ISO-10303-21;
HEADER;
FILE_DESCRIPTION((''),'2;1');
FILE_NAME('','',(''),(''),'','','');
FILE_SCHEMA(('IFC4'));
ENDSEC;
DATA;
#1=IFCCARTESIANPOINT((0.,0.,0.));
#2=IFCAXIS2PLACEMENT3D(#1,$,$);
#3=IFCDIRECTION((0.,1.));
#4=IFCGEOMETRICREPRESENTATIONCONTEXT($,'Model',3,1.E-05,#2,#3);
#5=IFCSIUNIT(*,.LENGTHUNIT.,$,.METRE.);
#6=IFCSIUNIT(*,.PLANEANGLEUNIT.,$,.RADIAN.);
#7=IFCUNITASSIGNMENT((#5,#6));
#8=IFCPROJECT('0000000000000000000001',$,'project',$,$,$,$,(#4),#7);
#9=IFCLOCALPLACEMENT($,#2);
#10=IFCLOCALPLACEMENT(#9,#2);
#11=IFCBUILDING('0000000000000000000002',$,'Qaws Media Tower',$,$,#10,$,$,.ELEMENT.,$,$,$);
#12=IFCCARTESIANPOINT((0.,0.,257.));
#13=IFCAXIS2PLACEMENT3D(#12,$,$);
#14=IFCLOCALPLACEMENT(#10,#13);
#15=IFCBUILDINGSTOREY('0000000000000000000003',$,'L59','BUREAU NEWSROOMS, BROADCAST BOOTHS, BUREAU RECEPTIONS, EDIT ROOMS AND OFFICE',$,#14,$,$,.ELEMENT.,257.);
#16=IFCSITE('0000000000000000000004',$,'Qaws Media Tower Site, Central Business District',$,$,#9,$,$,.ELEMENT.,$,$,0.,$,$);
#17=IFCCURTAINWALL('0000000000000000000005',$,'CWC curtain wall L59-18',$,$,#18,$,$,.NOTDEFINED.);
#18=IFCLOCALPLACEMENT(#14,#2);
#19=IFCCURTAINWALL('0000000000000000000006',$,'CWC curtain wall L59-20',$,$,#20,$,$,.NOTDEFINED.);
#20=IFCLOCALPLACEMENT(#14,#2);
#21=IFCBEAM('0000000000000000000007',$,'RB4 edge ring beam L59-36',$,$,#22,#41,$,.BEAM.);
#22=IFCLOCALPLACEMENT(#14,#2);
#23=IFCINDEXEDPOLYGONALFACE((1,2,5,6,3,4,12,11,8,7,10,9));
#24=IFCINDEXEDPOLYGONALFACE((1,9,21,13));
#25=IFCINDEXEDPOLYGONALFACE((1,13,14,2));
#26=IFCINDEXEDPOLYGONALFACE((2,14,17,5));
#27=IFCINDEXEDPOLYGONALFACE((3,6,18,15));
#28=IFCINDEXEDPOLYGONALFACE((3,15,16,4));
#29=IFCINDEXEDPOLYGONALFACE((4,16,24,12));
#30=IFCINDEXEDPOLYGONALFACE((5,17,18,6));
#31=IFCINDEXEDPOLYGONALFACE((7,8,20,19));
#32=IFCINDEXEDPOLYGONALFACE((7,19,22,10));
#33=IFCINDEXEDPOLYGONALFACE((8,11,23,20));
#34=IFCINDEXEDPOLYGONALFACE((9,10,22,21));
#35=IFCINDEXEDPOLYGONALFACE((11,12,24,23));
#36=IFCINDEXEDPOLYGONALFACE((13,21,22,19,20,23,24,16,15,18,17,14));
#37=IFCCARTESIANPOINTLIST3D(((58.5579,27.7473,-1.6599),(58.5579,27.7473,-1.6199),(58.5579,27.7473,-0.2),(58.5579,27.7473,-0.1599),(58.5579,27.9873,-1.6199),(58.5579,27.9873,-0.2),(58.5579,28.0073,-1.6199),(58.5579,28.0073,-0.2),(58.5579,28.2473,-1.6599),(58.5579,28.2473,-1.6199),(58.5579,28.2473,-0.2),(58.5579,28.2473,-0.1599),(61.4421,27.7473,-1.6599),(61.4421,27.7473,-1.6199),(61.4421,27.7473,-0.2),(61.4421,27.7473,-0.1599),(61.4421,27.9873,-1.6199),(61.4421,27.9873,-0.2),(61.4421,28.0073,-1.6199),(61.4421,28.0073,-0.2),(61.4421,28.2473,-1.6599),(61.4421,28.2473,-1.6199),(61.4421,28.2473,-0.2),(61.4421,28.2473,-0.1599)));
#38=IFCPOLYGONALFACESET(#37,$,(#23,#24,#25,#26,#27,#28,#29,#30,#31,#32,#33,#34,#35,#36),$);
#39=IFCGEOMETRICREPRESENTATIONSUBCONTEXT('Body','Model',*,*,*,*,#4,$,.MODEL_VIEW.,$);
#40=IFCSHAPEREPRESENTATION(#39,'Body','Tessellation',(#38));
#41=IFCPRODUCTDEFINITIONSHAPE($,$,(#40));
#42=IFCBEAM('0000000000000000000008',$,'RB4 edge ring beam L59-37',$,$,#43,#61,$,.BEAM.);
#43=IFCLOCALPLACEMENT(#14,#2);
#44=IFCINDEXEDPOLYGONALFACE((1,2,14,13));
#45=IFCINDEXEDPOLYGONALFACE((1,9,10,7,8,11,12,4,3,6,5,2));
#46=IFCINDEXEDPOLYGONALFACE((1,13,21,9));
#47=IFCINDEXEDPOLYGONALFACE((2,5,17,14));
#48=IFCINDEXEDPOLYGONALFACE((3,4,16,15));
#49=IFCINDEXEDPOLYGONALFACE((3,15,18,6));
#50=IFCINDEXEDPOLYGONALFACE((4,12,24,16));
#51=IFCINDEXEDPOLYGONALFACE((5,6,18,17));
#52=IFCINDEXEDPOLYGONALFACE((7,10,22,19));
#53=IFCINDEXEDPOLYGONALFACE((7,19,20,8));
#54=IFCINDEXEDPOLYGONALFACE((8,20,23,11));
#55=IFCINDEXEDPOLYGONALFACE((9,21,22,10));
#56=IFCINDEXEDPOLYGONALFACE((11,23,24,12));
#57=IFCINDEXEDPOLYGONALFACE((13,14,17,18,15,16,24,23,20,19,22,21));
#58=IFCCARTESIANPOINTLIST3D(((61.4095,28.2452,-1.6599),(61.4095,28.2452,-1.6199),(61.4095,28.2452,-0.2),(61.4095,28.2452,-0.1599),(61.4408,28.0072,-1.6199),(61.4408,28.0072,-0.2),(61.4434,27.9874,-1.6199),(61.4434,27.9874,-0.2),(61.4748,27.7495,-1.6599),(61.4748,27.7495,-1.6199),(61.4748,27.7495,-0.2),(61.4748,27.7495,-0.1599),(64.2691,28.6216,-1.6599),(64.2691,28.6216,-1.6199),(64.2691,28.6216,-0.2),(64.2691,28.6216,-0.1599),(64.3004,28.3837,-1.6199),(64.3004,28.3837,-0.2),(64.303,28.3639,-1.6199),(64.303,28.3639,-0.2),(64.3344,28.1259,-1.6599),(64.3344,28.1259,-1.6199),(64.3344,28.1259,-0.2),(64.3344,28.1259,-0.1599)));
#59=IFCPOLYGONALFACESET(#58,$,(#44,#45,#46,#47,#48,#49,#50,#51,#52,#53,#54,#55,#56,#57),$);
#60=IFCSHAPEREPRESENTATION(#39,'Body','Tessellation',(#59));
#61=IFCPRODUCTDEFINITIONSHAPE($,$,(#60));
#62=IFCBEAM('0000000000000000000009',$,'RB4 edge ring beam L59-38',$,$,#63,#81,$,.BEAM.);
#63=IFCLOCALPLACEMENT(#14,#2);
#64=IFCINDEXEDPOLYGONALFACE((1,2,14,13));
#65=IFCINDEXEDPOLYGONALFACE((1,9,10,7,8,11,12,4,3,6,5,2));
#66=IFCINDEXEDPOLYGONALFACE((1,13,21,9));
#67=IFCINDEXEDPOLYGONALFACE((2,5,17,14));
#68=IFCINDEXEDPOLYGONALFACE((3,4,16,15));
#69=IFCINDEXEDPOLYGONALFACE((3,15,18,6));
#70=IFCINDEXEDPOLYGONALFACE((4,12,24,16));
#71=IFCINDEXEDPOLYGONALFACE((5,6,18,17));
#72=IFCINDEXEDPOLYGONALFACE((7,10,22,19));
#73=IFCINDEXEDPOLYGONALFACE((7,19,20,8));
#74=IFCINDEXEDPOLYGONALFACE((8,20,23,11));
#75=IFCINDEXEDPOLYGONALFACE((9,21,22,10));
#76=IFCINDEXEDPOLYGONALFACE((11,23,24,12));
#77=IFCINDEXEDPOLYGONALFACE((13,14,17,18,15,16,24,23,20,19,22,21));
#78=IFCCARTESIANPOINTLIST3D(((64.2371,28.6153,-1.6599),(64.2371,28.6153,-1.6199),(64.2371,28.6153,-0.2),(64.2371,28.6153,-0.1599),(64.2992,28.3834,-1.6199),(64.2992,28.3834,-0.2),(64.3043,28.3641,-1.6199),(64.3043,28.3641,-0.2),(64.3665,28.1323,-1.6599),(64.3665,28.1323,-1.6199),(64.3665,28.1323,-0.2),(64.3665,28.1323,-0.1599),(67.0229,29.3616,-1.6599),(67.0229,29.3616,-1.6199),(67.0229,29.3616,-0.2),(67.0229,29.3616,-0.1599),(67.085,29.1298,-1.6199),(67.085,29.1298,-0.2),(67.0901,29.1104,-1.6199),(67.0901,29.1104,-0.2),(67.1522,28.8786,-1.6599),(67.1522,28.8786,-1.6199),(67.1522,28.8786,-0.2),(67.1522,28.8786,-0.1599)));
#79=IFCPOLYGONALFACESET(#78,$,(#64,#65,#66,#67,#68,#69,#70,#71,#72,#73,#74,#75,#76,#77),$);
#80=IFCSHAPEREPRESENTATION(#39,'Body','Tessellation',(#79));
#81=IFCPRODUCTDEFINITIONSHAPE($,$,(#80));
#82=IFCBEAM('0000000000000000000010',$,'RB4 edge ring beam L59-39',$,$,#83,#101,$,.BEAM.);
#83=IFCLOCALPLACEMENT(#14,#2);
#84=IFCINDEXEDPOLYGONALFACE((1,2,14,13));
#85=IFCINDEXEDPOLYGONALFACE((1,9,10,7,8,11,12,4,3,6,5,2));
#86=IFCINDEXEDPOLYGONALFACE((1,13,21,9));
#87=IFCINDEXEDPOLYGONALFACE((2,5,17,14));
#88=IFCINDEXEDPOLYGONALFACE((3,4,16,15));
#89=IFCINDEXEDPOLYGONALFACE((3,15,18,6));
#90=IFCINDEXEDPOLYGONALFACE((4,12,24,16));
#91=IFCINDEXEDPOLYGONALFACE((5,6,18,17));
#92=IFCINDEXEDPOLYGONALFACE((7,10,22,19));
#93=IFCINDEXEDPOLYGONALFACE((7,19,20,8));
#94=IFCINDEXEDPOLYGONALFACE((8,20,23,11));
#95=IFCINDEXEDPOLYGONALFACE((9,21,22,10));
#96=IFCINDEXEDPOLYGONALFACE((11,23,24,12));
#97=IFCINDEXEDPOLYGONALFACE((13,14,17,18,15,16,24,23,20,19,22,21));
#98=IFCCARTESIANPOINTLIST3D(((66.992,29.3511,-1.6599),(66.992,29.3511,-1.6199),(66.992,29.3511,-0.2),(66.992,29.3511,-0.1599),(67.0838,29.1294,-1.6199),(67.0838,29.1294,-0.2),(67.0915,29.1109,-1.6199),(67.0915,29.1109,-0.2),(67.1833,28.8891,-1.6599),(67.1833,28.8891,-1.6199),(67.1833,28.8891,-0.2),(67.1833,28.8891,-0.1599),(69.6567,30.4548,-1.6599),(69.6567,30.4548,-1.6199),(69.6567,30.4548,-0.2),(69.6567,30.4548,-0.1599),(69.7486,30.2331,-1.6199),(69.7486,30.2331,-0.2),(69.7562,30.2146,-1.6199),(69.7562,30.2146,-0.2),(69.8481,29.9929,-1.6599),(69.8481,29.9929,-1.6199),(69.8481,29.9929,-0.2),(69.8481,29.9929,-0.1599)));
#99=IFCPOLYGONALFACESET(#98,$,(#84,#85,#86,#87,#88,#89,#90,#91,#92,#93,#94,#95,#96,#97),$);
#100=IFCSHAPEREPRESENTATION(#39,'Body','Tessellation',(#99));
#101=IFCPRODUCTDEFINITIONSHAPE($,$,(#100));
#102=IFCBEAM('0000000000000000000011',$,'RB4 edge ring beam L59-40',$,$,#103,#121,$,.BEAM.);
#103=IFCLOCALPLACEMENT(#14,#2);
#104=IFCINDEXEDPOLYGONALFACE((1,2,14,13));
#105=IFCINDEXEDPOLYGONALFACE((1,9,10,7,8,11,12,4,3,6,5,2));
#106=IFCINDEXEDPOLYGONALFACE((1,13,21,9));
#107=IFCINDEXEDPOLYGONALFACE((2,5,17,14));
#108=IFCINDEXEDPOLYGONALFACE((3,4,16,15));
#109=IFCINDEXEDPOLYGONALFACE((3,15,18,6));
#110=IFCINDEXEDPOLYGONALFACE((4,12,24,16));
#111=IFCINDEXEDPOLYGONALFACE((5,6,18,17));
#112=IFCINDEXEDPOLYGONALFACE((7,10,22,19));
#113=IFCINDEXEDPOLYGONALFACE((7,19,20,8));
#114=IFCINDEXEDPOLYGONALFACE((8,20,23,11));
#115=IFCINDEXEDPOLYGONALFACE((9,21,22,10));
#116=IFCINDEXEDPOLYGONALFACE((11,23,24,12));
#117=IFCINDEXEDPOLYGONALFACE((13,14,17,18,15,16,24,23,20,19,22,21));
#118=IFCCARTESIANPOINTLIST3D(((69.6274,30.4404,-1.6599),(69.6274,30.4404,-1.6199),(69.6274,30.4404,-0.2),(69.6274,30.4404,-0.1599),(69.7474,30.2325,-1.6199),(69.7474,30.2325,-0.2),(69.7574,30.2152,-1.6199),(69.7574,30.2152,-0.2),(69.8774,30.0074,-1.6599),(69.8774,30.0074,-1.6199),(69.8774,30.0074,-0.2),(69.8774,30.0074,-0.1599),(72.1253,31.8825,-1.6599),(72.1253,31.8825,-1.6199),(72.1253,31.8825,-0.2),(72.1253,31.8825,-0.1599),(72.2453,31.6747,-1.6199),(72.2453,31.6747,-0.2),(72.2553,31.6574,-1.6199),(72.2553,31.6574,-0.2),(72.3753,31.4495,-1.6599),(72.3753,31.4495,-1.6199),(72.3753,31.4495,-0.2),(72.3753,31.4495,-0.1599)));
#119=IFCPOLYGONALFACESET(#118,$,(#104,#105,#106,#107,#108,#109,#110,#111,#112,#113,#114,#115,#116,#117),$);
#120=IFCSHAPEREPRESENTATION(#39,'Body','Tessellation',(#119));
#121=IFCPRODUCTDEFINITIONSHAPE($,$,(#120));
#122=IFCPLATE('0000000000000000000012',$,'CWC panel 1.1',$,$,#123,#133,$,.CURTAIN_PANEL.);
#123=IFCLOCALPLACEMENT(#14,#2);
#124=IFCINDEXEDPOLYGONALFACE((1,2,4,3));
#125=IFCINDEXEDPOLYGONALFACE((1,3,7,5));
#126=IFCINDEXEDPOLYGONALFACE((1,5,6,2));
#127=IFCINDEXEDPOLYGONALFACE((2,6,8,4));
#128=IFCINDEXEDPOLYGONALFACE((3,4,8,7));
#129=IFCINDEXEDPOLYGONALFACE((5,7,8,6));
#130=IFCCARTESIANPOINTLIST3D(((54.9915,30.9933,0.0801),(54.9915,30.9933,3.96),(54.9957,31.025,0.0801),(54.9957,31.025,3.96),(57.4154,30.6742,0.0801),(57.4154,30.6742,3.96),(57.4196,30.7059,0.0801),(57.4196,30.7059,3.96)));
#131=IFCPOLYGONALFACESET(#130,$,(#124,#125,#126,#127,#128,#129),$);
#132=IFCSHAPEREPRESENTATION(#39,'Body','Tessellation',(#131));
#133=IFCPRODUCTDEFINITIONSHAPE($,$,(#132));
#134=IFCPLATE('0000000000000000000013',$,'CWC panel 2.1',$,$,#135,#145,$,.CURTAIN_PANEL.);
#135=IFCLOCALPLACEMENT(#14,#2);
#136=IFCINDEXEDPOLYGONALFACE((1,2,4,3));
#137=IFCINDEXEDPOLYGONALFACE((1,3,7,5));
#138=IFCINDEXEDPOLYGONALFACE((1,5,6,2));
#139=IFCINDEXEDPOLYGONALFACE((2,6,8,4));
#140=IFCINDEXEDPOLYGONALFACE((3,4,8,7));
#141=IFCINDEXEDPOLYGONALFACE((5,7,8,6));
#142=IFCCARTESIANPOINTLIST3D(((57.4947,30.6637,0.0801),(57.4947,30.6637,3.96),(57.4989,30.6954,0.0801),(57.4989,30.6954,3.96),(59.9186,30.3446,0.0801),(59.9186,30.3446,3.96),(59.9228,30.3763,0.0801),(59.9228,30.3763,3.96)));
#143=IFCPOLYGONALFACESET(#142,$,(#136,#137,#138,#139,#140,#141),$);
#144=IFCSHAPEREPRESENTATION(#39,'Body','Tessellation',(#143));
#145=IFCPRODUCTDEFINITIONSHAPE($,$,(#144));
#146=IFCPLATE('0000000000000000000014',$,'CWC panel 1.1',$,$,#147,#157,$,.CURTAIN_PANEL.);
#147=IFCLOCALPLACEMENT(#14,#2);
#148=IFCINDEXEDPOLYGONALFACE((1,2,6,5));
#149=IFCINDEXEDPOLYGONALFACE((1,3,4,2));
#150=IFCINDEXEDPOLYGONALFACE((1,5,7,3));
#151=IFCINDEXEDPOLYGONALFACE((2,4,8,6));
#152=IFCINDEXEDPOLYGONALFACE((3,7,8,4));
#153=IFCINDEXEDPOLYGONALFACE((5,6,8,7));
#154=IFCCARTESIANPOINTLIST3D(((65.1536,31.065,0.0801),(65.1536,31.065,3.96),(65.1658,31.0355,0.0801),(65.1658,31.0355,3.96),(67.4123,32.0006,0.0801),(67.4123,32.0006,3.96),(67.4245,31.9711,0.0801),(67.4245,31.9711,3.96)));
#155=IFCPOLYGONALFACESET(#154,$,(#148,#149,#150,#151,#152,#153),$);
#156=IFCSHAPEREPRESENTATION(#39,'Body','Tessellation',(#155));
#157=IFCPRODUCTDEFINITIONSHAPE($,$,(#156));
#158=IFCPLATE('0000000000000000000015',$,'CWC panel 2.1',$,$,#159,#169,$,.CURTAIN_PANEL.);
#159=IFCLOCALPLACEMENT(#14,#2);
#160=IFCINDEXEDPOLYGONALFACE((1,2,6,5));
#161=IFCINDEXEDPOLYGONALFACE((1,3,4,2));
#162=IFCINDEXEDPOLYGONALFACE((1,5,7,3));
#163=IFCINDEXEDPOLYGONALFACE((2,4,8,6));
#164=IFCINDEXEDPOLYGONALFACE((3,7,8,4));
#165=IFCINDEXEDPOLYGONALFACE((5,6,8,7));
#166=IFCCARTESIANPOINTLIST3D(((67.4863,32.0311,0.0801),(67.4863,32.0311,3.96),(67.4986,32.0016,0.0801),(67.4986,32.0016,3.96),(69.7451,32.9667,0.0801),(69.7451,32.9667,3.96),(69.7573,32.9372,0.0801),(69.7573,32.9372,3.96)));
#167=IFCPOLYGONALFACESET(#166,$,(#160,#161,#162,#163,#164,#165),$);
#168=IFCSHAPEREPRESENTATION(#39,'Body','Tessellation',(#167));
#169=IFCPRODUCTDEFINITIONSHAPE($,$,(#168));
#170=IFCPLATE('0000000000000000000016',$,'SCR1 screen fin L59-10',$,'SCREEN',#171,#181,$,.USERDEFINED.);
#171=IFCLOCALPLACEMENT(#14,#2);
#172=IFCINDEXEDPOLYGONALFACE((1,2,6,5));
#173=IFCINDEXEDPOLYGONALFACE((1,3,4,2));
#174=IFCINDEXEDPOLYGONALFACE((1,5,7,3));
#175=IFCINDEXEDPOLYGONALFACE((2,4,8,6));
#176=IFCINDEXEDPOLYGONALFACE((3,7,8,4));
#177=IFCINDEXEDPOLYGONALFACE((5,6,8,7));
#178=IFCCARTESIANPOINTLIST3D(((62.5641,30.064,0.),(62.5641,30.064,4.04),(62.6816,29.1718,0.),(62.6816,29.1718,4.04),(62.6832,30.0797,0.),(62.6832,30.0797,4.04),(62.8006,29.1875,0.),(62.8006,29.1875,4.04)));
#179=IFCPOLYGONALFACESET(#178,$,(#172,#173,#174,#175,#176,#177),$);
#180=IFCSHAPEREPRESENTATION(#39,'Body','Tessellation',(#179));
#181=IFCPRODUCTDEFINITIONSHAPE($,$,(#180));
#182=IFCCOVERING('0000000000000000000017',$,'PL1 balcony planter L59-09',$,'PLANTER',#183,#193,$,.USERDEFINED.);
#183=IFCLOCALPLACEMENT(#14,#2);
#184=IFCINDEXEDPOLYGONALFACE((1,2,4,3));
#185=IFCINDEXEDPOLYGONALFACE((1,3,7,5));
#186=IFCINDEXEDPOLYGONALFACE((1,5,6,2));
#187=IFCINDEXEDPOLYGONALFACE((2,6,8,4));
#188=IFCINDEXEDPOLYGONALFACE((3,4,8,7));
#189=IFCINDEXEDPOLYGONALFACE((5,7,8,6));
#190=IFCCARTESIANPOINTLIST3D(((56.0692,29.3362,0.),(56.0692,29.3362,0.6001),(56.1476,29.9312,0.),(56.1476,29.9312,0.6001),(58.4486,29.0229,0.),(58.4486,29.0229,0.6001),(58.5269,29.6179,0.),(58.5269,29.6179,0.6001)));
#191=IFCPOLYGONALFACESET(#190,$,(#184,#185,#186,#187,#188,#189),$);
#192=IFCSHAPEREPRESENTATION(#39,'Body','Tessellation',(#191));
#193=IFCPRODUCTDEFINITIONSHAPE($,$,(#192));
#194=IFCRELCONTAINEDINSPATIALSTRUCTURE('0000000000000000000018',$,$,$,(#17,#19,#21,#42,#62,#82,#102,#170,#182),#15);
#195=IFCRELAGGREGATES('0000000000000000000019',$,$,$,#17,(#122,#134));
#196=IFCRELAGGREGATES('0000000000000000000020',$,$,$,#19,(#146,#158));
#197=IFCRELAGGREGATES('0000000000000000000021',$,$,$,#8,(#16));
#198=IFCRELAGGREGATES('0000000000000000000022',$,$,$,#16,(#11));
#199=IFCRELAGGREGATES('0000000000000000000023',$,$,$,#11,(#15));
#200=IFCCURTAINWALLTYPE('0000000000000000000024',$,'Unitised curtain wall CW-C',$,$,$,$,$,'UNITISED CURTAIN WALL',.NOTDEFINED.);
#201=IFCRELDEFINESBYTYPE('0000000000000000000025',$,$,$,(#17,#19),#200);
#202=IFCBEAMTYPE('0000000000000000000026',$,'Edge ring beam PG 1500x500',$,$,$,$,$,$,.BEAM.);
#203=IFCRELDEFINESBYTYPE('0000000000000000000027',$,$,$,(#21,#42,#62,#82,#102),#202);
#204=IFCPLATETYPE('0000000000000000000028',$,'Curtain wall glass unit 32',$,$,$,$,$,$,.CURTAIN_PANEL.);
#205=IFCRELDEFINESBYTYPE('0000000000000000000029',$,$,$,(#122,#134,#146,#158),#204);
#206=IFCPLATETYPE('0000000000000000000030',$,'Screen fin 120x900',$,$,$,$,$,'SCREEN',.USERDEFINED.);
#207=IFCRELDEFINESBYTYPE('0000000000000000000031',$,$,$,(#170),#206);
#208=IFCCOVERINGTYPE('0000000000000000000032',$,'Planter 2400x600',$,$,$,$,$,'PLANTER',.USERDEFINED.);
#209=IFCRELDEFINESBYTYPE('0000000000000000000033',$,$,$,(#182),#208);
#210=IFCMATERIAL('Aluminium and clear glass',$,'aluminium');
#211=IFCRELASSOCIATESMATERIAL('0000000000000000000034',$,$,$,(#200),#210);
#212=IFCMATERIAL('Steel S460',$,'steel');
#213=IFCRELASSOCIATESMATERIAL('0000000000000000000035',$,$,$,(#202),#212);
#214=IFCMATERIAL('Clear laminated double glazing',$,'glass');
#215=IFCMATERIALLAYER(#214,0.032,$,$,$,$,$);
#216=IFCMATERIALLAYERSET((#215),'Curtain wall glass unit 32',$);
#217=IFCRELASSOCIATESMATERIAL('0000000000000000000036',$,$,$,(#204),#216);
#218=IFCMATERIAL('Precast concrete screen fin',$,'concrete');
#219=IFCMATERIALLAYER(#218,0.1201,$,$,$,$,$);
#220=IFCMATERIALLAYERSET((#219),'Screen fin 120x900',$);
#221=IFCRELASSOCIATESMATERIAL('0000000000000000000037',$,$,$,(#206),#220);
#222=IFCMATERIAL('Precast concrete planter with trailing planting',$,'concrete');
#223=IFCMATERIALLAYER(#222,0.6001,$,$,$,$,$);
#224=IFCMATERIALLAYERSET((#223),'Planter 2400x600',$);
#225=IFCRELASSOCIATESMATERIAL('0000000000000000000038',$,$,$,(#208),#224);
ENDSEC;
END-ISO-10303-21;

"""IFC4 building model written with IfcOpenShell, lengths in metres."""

from ifc_helpers import new_model, si_unit, direction, frame, origin, origin_2d, place, context, subcontext, project, spatial, rectangle, i_section, extrude, material, layer, layer_set, material_profile, profile_set, type_object, element, aggregate, save


model = new_model("IFC4")

# Units and contexts
model_context = context("Model", 3, precision=1e-05, world=origin(), true_north=direction((0.0, 1.0)))
body_context = subcontext(model_context, "Body", "Model", "MODEL_VIEW")
ifc_project = project(units=[si_unit("LENGTHUNIT", "METRE"), si_unit("PLANEANGLEUNIT", "RADIAN")], contexts=[model_context])

# Site, building, storey
site_placement = place(None, origin())
site = spatial("IfcSite", under=ifc_project, at=site_placement, Name="Qaws Media Tower Site, Central Business District", CompositionType="ELEMENT", RefElevation=0.0)
building_placement = place(site_placement, origin())
building = spatial("IfcBuilding", under=site, at=building_placement, Name="Qaws Media Tower", CompositionType="ELEMENT")
storey_placement = place(building_placement, frame((0.0, 0.0, 257.0)))
storey = spatial("IfcBuildingStorey", under=building, at=storey_placement, Name="L59", Description="BUREAU NEWSROOMS, BROADCAST BOOTHS, BUREAU RECEPTIONS, EDIT ROOMS AND OFFICE", CompositionType="ELEMENT", Elevation=257.0)

# Curtain walls
ifc_material_1 = material(Name="Aluminium and clear glass", Category="aluminium")
curtain_wall_type = type_object("IfcCurtainWallType", Name="Unitised curtain wall CW-C", ElementType="UNITISED CURTAIN WALL", PredefinedType="NOTDEFINED", material=ifc_material_1)
curtain_wall_1_placement = place(storey_placement, origin())
curtain_wall_1 = element("IfcCurtainWall", 1, at=curtain_wall_1_placement, inside=storey, type_object=curtain_wall_type, Name="CWC curtain wall L59-18", PredefinedType="NOTDEFINED")
curtain_wall_2_placement = place(storey_placement, origin())
curtain_wall_2 = element("IfcCurtainWall", 2, at=curtain_wall_2_placement, inside=storey, type_object=curtain_wall_type, Name="CWC curtain wall L59-20", PredefinedType="NOTDEFINED")

# Beams
ifc_material_2 = material(Name="Steel S460", Category="steel")
ifc_material_profile_1 = material_profile(ifc_material_2, i_section(OverallWidth=0.5, OverallDepth=1.5, WebThickness=0.02, FlangeThickness=0.04, at=origin_2d()), Name="PG 1500x500")
ifc_profile_set_1 = profile_set([ifc_material_profile_1], Name="Steel S460")
beam_type = type_object("IfcBeamType", Name="Edge ring beam PG 1500x500", PredefinedType="BEAM", material=ifc_profile_set_1)
for number, where, z_axis, x_axis, name in (
    (3, (58.5579, 27.9973, -0.9099), (1.0, 0.0, 0.0), (0.0, 1.0, 0.0), "RB4 edge ring beam L59-36"),
    (4, (61.4421, 27.9973, -0.9099), (0.991445, 0.130522, 0.0), (-0.130522, 0.991445, 0.0), "RB4 edge ring beam L59-37"),
):
    element("IfcBeam", number, at=place(storey_placement, frame(where, z_axis=z_axis, x_axis=x_axis)), inside=storey, type_object=beam_type, Name=name, PredefinedType="BEAM", context=body_context, shape_type="SweptSolid", body=[
        extrude(i_section(OverallWidth=0.5, OverallDepth=1.5, WebThickness=0.02, FlangeThickness=0.04, at=origin_2d()), origin(), (0.0, 0.0, 1.0), 2.8843),
    ])
beam_placement = place(storey_placement, frame((64.3018, 28.3738, -0.9099), z_axis=(0.965938, 0.258774, 0.0), x_axis=(-0.258774, 0.965938, 0.0)))
element("IfcBeam", 5, at=beam_placement, inside=storey, type_object=beam_type, Name="RB4 edge ring beam L59-38", PredefinedType="BEAM", context=body_context, shape_type="SweptSolid", body=[
    extrude(i_section(OverallWidth=0.5, OverallDepth=1.5, WebThickness=0.02, FlangeThickness=0.04, at=origin_2d()), origin(), (0.0, 0.0, 1.0), 2.884),
])
for number, where, z_axis, x_axis, name in (
    (6, (67.0876, 29.1201, -0.9099), (0.923884, 0.382673, 0.0), (-0.382673, 0.923884, 0.0), "RB4 edge ring beam L59-39"),
    (7, (69.7524, 30.2239, -0.9099), (0.866021, 0.500008, 0.0), (-0.500008, 0.866021, 0.0), "RB4 edge ring beam L59-40"),
):
    element("IfcBeam", number, at=place(storey_placement, frame(where, z_axis=z_axis, x_axis=x_axis)), inside=storey, type_object=beam_type, Name=name, PredefinedType="BEAM", context=body_context, shape_type="SweptSolid", body=[
        extrude(i_section(OverallWidth=0.5, OverallDepth=1.5, WebThickness=0.02, FlangeThickness=0.04, at=origin_2d()), origin(), (0.0, 0.0, 1.0), 2.8843),
    ])

# Plates
ifc_material_3 = material(Name="Clear laminated double glazing", Category="glass")
ifc_layer_1 = layer(ifc_material_3, 0.032)
ifc_layer_set_1 = layer_set([ifc_layer_1], Name="Curtain wall glass unit 32")
plate_type_1 = type_object("IfcPlateType", Name="Curtain wall glass unit 32", PredefinedType="CURTAIN_PANEL", material=ifc_layer_set_1)
plate_1_placement = place(storey_placement, frame((56.2056, 30.8496, 0.0801), z_axis=(0.0, 0.0, 1.0), x_axis=(0.991445, -0.130526, 0.0)))
plate_1 = element("IfcPlate", 8, at=plate_1_placement, type_object=plate_type_1, Name="CWC panel 1.1", PredefinedType="CURTAIN_PANEL", context=body_context, shape_type="SweptSolid", body=[
    extrude(rectangle(XDim=2.4448, YDim=0.032, at=origin_2d()), origin(), (0.0, 0.0, 1.0), 3.8799),
])
plate_2_placement = place(storey_placement, frame((58.7087, 30.52, 0.0801), z_axis=(0.0, 0.0, 1.0), x_axis=(0.991445, -0.130526, 0.0)))
plate_2 = element("IfcPlate", 9, at=plate_2_placement, type_object=plate_type_1, Name="CWC panel 2.1", PredefinedType="CURTAIN_PANEL", context=body_context, shape_type="SweptSolid", body=[
    extrude(rectangle(XDim=2.4448, YDim=0.032, at=origin_2d()), origin(), (0.0, 0.0, 1.0), 3.8799),
])
aggregate(curtain_wall_1, [plate_1, plate_2])
plate_3_placement = place(storey_placement, frame((66.2891, 31.5181, 0.0801), z_axis=(0.0, 0.0, 1.0), x_axis=(0.92388, 0.382683, 0.0)))
plate_3 = element("IfcPlate", 10, at=plate_3_placement, type_object=plate_type_1, Name="CWC panel 1.1", PredefinedType="CURTAIN_PANEL", context=body_context, shape_type="SweptSolid", body=[
    extrude(rectangle(XDim=2.4448, YDim=0.032, at=origin_2d()), origin(), (0.0, 0.0, 1.0), 3.8799),
])
plate_4_placement = place(storey_placement, frame((68.6218, 32.4841, 0.0801), z_axis=(0.0, 0.0, 1.0), x_axis=(0.92388, 0.382683, 0.0)))
plate_4 = element("IfcPlate", 11, at=plate_4_placement, type_object=plate_type_1, Name="CWC panel 2.1", PredefinedType="CURTAIN_PANEL", context=body_context, shape_type="SweptSolid", body=[
    extrude(rectangle(XDim=2.4448, YDim=0.032, at=origin_2d()), origin(), (0.0, 0.0, 1.0), 3.8799),
])
aggregate(curtain_wall_2, [plate_3, plate_4])
ifc_material_4 = material(Name="Precast concrete screen fin", Category="concrete")
ifc_layer_2 = layer(ifc_material_4, 0.1201)
ifc_layer_set_2 = layer_set([ifc_layer_2], Name="Screen fin 120x900")
plate_type_2 = type_object("IfcPlateType", Name="Screen fin 120x900", ElementType="SCREEN", PredefinedType="USERDEFINED", material=ifc_layer_set_2)
plate_5_placement = place(storey_placement, frame((62.6824, 29.6257, 0.0), z_axis=(0.0, 0.0, 1.0), x_axis=(0.130526, -0.991445, 0.0)))
element("IfcPlate", 12, at=plate_5_placement, inside=storey, type_object=plate_type_2, Name="SCR1 screen fin L59-10", ObjectType="SCREEN", PredefinedType="USERDEFINED", context=body_context, shape_type="SweptSolid", body=[
    extrude(rectangle(XDim=0.8999, YDim=0.1201, at=origin_2d()), origin(), (0.0, 0.0, 1.0), 4.04),
])

# Covering
ifc_material_5 = material(Name="Precast concrete planter with trailing planting", Category="concrete")
ifc_layer_3 = layer(ifc_material_5, 0.6001)
ifc_layer_set_3 = layer_set([ifc_layer_3], Name="Planter 2400x600")
covering_type = type_object("IfcCoveringType", Name="Planter 2400x600", ElementType="PLANTER", PredefinedType="USERDEFINED", material=ifc_layer_set_3)
for number, where, z_axis, x_axis, name in (
    (13, (57.2981, 29.4771, 0.0), (0.0, 0.0, 1.0), (0.991445, -0.130526, 0.0), "PL1 balcony planter L59-09"),
):
    element("IfcCovering", number, at=place(storey_placement, frame(where, z_axis=z_axis, x_axis=x_axis)), inside=storey, type_object=covering_type, Name=name, ObjectType="PLANTER", PredefinedType="USERDEFINED", context=body_context, shape_type="SweptSolid", body=[
        extrude(rectangle(XDim=2.3999, YDim=0.6001, at=origin_2d()), origin(), (0.0, 0.0, 1.0), 0.6001),
    ])

save(model, "model.ifc")
